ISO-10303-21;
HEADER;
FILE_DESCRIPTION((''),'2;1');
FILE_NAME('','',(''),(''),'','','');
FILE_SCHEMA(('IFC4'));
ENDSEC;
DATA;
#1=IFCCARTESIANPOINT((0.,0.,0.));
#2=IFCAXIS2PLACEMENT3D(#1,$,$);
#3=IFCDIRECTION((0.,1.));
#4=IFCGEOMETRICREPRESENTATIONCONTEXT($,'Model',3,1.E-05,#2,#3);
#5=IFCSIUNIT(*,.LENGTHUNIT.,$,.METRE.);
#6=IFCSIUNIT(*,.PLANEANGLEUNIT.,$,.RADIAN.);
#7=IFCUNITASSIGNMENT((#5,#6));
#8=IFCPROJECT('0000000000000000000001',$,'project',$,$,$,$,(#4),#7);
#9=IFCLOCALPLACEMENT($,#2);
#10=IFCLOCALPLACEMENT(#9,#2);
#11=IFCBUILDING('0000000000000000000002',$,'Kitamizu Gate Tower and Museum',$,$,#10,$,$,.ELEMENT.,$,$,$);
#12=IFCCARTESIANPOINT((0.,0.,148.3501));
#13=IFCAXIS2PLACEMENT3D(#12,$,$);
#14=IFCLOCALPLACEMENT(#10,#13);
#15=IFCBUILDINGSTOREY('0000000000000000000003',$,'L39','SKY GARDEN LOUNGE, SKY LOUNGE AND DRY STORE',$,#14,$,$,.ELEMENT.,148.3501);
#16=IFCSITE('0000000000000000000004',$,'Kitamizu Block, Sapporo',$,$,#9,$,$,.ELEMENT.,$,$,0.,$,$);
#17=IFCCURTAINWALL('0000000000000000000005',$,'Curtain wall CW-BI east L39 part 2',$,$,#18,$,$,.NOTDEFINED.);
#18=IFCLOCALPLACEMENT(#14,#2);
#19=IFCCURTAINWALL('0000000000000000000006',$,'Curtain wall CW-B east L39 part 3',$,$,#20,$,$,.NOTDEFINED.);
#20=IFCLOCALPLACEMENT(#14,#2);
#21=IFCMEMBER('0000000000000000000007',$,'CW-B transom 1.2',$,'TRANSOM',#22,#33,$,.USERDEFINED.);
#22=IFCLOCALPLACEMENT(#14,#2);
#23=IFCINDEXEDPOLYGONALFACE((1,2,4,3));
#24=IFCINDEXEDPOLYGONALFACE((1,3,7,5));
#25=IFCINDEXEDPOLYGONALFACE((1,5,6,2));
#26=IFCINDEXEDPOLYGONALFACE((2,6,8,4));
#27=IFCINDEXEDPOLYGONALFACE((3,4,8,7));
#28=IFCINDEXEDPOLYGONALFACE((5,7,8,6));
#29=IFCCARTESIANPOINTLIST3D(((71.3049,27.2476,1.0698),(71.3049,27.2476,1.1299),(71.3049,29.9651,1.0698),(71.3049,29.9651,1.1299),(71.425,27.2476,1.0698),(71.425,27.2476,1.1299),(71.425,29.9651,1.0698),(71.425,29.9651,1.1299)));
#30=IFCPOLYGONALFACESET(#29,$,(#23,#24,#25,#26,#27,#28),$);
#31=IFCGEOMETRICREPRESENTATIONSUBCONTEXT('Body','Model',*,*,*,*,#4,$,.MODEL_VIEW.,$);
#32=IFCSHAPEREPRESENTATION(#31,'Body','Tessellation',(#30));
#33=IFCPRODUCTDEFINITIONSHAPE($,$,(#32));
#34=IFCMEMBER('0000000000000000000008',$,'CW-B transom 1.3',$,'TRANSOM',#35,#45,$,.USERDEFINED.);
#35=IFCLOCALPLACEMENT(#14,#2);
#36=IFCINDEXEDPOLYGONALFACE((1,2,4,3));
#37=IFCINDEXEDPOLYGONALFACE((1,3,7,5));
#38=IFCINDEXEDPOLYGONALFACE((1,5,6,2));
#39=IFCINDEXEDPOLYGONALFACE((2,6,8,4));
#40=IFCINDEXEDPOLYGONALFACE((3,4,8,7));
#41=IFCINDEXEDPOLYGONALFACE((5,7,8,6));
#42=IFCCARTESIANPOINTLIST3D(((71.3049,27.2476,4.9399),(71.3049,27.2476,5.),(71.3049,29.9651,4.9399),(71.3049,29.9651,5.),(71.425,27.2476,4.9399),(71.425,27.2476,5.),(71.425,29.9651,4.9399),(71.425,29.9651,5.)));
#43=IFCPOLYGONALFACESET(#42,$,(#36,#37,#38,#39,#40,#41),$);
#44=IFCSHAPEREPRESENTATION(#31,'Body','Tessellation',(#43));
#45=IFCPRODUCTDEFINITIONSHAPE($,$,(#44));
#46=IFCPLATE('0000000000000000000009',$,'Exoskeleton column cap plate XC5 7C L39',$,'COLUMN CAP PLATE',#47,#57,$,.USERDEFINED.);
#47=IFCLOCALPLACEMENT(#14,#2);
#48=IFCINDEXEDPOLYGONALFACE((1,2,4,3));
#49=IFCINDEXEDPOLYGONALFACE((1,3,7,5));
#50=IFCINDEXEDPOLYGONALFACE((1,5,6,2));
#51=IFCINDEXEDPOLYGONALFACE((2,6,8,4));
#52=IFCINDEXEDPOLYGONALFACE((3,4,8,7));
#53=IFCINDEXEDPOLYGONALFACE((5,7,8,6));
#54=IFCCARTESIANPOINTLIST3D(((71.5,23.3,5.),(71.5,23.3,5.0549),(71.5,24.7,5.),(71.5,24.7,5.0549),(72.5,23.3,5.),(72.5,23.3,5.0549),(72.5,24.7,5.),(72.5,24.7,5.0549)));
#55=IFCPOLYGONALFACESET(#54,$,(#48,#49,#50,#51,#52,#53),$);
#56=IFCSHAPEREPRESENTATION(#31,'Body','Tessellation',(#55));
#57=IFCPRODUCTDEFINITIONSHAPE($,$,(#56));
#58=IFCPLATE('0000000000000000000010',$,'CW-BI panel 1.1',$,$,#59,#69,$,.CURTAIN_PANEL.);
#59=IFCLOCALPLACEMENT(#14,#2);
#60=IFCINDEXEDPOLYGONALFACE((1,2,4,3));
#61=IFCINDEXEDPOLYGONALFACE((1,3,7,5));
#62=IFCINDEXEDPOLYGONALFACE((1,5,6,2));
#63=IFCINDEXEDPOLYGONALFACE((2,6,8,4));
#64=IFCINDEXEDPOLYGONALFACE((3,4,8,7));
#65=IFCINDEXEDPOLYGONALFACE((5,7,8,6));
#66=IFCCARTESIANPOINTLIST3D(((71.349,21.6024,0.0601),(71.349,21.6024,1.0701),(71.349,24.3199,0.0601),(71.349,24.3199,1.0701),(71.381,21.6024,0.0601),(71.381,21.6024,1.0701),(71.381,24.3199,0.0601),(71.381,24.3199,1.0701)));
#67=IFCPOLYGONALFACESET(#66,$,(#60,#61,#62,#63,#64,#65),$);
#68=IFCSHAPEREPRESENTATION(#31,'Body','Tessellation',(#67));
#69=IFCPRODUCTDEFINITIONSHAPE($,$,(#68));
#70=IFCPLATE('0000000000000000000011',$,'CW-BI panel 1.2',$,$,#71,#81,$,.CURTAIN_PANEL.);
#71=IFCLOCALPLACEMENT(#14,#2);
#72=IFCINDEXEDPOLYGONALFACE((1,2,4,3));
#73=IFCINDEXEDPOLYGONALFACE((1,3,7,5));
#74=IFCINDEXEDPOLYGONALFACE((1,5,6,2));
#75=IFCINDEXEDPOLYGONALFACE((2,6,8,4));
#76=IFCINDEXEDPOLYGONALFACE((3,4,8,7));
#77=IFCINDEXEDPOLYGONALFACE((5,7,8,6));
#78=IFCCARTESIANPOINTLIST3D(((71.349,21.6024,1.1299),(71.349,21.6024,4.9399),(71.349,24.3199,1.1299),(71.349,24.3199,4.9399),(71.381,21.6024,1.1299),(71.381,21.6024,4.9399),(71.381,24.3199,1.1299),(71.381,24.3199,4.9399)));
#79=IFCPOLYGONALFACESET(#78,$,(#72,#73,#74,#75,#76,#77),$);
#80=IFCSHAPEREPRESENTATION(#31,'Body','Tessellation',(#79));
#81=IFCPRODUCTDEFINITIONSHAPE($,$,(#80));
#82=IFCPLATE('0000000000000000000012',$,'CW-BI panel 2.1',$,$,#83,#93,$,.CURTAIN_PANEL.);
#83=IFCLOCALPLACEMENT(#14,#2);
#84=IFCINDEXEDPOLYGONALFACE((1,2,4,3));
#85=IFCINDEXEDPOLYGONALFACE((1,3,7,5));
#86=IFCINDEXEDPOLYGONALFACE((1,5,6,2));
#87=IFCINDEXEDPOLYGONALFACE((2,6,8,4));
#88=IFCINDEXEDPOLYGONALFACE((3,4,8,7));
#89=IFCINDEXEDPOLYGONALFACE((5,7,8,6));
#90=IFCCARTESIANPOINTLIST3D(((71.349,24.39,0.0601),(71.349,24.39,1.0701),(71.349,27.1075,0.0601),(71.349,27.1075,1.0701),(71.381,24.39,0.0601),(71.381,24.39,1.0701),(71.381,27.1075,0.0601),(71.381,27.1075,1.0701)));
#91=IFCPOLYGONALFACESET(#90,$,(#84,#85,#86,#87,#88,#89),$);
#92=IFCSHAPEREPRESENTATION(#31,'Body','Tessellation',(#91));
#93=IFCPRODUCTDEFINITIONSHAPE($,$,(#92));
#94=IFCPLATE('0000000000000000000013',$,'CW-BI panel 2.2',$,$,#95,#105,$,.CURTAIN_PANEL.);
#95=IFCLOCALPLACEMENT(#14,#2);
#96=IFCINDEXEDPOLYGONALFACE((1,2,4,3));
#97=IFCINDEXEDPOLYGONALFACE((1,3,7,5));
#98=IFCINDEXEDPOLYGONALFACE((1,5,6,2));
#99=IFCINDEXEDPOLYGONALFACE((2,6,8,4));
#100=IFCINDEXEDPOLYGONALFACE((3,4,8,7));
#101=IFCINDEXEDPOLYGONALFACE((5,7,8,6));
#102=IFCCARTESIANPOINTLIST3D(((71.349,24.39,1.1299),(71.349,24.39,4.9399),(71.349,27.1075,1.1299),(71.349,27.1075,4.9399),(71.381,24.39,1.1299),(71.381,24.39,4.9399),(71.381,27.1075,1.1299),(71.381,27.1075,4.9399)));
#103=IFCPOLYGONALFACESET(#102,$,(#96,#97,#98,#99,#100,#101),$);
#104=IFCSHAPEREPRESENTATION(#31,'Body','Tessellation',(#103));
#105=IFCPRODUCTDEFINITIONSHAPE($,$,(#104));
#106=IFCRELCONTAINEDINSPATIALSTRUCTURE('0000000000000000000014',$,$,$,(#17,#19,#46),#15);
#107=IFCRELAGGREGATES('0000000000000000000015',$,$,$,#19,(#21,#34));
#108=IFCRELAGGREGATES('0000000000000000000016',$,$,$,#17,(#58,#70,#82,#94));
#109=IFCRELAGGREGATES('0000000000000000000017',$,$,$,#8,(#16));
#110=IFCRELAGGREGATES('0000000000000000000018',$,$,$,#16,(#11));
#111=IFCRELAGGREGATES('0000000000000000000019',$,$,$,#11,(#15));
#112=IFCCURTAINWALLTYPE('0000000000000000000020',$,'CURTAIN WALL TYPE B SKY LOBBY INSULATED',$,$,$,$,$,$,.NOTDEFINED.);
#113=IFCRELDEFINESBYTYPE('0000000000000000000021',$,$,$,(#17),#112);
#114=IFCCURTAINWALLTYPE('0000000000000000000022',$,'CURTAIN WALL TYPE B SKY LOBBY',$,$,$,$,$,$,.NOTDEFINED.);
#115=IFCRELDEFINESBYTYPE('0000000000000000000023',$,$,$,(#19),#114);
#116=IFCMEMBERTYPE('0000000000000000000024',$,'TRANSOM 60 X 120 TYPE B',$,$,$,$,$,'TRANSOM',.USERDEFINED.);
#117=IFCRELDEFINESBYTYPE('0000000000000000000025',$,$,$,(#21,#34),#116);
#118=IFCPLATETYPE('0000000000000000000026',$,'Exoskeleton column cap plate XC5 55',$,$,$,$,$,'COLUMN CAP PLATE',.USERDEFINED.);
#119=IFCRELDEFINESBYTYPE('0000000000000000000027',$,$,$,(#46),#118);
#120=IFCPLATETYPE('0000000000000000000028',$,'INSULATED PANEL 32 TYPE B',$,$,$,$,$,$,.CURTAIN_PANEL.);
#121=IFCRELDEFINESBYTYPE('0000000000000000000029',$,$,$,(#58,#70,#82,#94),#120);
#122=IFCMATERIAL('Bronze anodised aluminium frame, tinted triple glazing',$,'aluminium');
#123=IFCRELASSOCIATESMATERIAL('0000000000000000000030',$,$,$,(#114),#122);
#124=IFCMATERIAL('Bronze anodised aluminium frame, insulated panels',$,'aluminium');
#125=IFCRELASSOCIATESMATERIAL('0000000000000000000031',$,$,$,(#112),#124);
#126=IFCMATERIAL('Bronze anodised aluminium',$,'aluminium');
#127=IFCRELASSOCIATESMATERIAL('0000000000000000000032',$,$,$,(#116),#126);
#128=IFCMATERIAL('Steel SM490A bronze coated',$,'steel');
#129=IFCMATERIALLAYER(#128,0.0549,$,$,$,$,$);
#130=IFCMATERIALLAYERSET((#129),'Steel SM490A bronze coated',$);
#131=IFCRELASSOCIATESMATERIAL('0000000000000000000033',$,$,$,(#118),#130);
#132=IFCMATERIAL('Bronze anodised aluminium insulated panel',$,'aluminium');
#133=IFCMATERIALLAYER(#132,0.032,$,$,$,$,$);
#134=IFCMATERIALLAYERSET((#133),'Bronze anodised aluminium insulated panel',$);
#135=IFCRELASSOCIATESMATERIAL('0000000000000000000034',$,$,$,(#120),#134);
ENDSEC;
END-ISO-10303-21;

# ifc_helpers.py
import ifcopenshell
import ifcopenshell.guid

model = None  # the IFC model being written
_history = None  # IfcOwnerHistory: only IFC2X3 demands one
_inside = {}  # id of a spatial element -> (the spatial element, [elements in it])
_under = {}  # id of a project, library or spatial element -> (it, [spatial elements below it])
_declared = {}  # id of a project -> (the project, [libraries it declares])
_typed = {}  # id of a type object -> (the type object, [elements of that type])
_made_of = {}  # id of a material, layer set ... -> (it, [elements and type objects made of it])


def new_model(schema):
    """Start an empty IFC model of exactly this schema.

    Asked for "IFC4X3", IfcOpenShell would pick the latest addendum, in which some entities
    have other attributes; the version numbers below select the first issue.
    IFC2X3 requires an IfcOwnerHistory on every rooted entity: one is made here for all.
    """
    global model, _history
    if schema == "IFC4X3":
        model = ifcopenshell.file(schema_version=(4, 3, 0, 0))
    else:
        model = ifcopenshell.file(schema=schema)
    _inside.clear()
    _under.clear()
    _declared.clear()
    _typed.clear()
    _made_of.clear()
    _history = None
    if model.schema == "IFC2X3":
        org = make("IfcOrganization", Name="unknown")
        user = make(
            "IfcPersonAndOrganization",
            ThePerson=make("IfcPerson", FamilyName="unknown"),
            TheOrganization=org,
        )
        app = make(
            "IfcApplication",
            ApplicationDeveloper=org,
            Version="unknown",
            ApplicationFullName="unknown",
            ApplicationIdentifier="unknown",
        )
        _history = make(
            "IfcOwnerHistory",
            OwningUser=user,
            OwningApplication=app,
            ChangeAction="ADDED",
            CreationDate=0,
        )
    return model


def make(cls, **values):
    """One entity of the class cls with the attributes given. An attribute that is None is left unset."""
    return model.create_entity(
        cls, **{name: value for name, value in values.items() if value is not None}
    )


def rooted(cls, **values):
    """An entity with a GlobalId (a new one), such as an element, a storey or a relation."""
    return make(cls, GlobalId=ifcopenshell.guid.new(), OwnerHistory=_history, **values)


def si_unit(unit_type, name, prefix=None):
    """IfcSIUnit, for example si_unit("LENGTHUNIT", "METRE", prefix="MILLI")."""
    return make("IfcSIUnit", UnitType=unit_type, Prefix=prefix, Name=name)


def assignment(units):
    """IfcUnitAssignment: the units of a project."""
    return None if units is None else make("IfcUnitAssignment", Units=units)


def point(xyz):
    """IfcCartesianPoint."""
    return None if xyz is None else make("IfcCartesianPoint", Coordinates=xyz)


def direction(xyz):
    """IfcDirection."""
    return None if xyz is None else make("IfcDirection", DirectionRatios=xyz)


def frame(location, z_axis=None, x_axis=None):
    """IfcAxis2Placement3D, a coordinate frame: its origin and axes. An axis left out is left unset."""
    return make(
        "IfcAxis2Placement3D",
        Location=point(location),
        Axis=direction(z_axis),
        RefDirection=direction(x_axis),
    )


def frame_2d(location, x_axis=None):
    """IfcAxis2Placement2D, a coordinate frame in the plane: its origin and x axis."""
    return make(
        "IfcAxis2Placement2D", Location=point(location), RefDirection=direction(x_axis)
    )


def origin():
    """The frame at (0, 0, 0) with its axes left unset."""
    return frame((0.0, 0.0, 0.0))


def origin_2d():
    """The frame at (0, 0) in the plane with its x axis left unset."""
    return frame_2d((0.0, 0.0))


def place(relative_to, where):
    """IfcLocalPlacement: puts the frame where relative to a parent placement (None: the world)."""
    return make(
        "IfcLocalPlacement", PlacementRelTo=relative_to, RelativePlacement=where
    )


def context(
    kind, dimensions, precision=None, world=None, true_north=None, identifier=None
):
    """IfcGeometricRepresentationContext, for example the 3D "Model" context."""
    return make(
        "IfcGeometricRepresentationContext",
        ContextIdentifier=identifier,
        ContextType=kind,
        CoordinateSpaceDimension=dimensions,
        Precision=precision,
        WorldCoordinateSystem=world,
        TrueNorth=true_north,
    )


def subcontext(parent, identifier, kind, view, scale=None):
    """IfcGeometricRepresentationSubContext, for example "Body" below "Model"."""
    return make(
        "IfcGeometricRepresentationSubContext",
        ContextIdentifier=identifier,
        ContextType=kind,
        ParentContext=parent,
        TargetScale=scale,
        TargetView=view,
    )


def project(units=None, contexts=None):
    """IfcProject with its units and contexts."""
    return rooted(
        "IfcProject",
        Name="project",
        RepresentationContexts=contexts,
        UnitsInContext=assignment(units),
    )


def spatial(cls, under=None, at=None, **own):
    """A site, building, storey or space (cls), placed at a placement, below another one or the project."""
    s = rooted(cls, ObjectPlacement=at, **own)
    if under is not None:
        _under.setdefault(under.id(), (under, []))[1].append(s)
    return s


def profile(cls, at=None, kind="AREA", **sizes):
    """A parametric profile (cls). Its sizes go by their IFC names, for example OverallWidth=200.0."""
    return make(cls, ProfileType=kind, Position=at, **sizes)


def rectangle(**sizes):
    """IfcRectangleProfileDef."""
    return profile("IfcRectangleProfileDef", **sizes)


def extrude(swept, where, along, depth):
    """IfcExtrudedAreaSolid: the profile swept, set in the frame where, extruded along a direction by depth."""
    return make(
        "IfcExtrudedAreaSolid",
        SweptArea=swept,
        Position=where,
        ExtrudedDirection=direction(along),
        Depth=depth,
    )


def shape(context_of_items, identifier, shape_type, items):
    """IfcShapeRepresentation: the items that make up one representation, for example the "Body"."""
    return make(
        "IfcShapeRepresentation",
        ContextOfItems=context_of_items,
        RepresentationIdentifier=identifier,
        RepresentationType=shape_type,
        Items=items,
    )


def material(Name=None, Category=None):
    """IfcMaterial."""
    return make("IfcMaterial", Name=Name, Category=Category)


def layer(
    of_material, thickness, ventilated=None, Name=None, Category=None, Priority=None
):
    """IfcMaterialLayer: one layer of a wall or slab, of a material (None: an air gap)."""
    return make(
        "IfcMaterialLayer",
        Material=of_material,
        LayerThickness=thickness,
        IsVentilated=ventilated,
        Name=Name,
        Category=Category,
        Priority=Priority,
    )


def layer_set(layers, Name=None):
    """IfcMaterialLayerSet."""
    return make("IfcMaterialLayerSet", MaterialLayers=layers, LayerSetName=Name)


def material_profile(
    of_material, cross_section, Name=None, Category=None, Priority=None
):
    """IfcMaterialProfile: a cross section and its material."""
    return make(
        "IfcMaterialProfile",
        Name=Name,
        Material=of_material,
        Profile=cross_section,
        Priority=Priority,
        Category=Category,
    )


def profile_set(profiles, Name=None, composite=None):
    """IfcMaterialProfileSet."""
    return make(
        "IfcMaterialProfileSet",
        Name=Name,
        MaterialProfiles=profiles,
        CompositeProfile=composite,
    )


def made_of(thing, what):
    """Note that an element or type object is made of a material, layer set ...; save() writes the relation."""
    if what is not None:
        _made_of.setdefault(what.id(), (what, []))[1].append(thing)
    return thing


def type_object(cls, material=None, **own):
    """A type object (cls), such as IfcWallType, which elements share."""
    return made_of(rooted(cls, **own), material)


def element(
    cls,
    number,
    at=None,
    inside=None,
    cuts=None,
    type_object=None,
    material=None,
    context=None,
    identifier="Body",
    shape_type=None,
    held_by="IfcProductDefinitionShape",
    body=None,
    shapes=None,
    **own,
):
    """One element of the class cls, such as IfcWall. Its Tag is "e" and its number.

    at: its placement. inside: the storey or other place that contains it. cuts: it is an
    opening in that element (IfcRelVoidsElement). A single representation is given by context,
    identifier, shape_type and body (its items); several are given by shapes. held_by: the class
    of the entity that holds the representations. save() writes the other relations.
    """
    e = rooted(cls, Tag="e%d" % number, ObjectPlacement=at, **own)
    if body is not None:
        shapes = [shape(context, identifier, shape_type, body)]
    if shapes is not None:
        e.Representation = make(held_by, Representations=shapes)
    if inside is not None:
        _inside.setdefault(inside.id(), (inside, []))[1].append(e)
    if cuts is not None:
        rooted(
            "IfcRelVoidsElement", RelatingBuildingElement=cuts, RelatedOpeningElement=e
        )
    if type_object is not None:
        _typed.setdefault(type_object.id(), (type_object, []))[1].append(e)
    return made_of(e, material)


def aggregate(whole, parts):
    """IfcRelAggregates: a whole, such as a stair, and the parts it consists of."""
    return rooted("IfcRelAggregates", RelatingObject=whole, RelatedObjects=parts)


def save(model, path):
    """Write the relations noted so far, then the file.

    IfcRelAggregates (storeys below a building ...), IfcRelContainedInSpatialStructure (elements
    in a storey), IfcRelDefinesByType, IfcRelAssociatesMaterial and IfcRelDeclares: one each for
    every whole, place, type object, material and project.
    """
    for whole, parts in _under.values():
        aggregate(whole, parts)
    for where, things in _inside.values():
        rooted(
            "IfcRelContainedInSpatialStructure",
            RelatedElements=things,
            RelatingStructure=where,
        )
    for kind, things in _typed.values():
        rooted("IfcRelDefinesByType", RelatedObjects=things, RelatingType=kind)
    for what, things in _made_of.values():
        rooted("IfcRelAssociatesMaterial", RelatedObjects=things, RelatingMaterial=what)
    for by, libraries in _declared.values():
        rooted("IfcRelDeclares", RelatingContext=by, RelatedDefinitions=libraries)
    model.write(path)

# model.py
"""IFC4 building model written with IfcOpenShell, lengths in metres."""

from ifc_helpers import new_model, si_unit, direction, frame, origin, origin_2d, place, context, subcontext, project, spatial, rectangle, extrude, material, layer, layer_set, material_profile, profile_set, type_object, element, aggregate, save


model = new_model("IFC4")

# Units and contexts
model_context = context("Model", 3, precision=1e-05, world=origin(), true_north=direction((0.0, 1.0)))
body_context = subcontext(model_context, "Body", "Model", "MODEL_VIEW")
ifc_project = project(units=[si_unit("LENGTHUNIT", "METRE"), si_unit("PLANEANGLEUNIT", "RADIAN")], contexts=[model_context])

# Site, building, storey
site_placement = place(None, origin())
site = spatial("IfcSite", under=ifc_project, at=site_placement, Name="Kitamizu Block, Sapporo", CompositionType="ELEMENT", RefElevation=0.0)
building_placement = place(site_placement, origin())
building = spatial("IfcBuilding", under=site, at=building_placement, Name="Kitamizu Gate Tower and Museum", CompositionType="ELEMENT")
storey_placement = place(building_placement, frame((0.0, 0.0, 148.3501)))
storey = spatial("IfcBuildingStorey", under=building, at=storey_placement, Name="L39", Description="SKY GARDEN LOUNGE, SKY LOUNGE AND DRY STORE", CompositionType="ELEMENT", Elevation=148.3501)

# Shared definitions
ifc_material_1 = material(Name="Bronze anodised aluminium frame, tinted triple glazing", Category="aluminium")
curtain_wall_type_1 = type_object("IfcCurtainWallType", Name="CURTAIN WALL TYPE B SKY LOBBY", PredefinedType="NOTDEFINED", material=ifc_material_1)

# Curtain wall
ifc_material_2 = material(Name="Bronze anodised aluminium frame, insulated panels", Category="aluminium")
curtain_wall_type_2 = type_object("IfcCurtainWallType", Name="CURTAIN WALL TYPE B SKY LOBBY INSULATED", PredefinedType="NOTDEFINED", material=ifc_material_2)
curtain_wall_1_placement = place(storey_placement, origin())
curtain_wall_1 = element("IfcCurtainWall", 1, at=curtain_wall_1_placement, inside=storey, type_object=curtain_wall_type_2, Name="Curtain wall CW-BI east L39 part 2", PredefinedType="NOTDEFINED")

# Curtain wall
curtain_wall_2_placement = place(storey_placement, origin())
curtain_wall_2 = element("IfcCurtainWall", 2, at=curtain_wall_2_placement, inside=storey, type_object=curtain_wall_type_1, Name="Curtain wall CW-B east L39 part 3", PredefinedType="NOTDEFINED")

# Members
ifc_material_3 = material(Name="Bronze anodised aluminium", Category="aluminium")
ifc_material_profile_1 = material_profile(ifc_material_3, rectangle(XDim=0.1201, YDim=0.0601, at=origin_2d()), Name="AL 60X120")
ifc_profile_set_1 = profile_set([ifc_material_profile_1], Name="Bronze anodised aluminium")
member_type_1 = type_object("IfcMemberType", Name="TRANSOM 60 X 120 TYPE B", ElementType="TRANSOM", PredefinedType="USERDEFINED", material=ifc_profile_set_1)
member_1_placement = place(storey_placement, frame((71.365, 27.2476, 1.0999), z_axis=(0.0, 1.0, 0.0), x_axis=(-1.0, 0.0, 0.0)))
member_1 = element("IfcMember", 3, at=member_1_placement, type_object=member_type_1, Name="CW-B transom 1.2", ObjectType="TRANSOM", PredefinedType="USERDEFINED", context=body_context, shape_type="SweptSolid", body=[
    extrude(rectangle(XDim=0.1201, YDim=0.0601, at=origin_2d()), origin(), (0.0, 0.0, 1.0), 2.7175),
])
member_2_placement = place(storey_placement, frame((71.365, 27.2476, 4.97), z_axis=(0.0, 1.0, 0.0), x_axis=(-1.0, 0.0, 0.0)))
member_2 = element("IfcMember", 4, at=member_2_placement, type_object=member_type_1, Name="CW-B transom 1.3", ObjectType="TRANSOM", PredefinedType="USERDEFINED", context=body_context, shape_type="SweptSolid", body=[
    extrude(rectangle(XDim=0.1201, YDim=0.0601, at=origin_2d()), origin(), (0.0, 0.0, 1.0), 2.7175),
])
aggregate(curtain_wall_2, [member_1, member_2])

# Plates
ifc_material_4 = material(Name="Steel SM490A bronze coated", Category="steel")
ifc_layer_1 = layer(ifc_material_4, 0.0549)
ifc_layer_set_1 = layer_set([ifc_layer_1], Name="Steel SM490A bronze coated")
plate_type_1 = type_object("IfcPlateType", Name="Exoskeleton column cap plate XC5 55", ElementType="COLUMN CAP PLATE", PredefinedType="USERDEFINED", material=ifc_layer_set_1)
plate_1_placement = place(storey_placement, frame((72.0, 24.0, 5.0), z_axis=(0.0, 0.0, 1.0), x_axis=(0.0, 1.0, 0.0)))
element("IfcPlate", 5, at=plate_1_placement, inside=storey, type_object=plate_type_1, Name="Exoskeleton column cap plate XC5 7C L39", ObjectType="COLUMN CAP PLATE", PredefinedType="USERDEFINED", context=body_context, shape_type="SweptSolid", body=[
    extrude(rectangle(XDim=1.3999, YDim=1.0, at=origin_2d()), origin(), (0.0, 0.0, 1.0), 0.0549),
])
ifc_material_5 = material(Name="Bronze anodised aluminium insulated panel", Category="aluminium")
ifc_layer_2 = layer(ifc_material_5, 0.032)
ifc_layer_set_2 = layer_set([ifc_layer_2], Name="Bronze anodised aluminium insulated panel")
plate_type_2 = type_object("IfcPlateType", Name="INSULATED PANEL 32 TYPE B", PredefinedType="CURTAIN_PANEL", material=ifc_layer_set_2)
plate_2_placement = place(storey_placement, frame((71.365, 22.9612, 0.0601), z_axis=(0.0, 0.0, 1.0), x_axis=(0.0, 1.0, 0.0)))
plate_2 = element("IfcPlate", 6, at=plate_2_placement, type_object=plate_type_2, Name="CW-BI panel 1.1", PredefinedType="CURTAIN_PANEL", context=body_context, shape_type="SweptSolid", body=[
    extrude(rectangle(XDim=2.7175, YDim=0.032, at=origin_2d()), origin(), (0.0, 0.0, 1.0), 1.01),
])
plate_3_placement = place(storey_placement, frame((71.365, 22.9612, 1.1299), z_axis=(0.0, 0.0, 1.0), x_axis=(0.0, 1.0, 0.0)))
plate_3 = element("IfcPlate", 7, at=plate_3_placement, type_object=plate_type_2, Name="CW-BI panel 1.2", PredefinedType="CURTAIN_PANEL", context=body_context, shape_type="SweptSolid", body=[
    extrude(rectangle(XDim=2.7175, YDim=0.032, at=origin_2d()), origin(), (0.0, 0.0, 1.0), 3.8101),
])
plate_4_placement = place(storey_placement, frame((71.365, 25.7488, 0.0601), z_axis=(0.0, 0.0, 1.0), x_axis=(0.0, 1.0, 0.0)))
plate_4 = element("IfcPlate", 8, at=plate_4_placement, type_object=plate_type_2, Name="CW-BI panel 2.1", PredefinedType="CURTAIN_PANEL", context=body_context, shape_type="SweptSolid", body=[
    extrude(rectangle(XDim=2.7175, YDim=0.032, at=origin_2d()), origin(), (0.0, 0.0, 1.0), 1.01),
])
plate_5_placement = place(storey_placement, frame((71.365, 25.7488, 1.1299), z_axis=(0.0, 0.0, 1.0), x_axis=(0.0, 1.0, 0.0)))
plate_5 = element("IfcPlate", 9, at=plate_5_placement, type_object=plate_type_2, Name="CW-BI panel 2.2", PredefinedType="CURTAIN_PANEL", context=body_context, shape_type="SweptSolid", body=[
    extrude(rectangle(XDim=2.7175, YDim=0.032, at=origin_2d()), origin(), (0.0, 0.0, 1.0), 3.8101),
])
aggregate(curtain_wall_1, [plate_2, plate_3, plate_4, plate_5])

save(model, "model.ifc")
